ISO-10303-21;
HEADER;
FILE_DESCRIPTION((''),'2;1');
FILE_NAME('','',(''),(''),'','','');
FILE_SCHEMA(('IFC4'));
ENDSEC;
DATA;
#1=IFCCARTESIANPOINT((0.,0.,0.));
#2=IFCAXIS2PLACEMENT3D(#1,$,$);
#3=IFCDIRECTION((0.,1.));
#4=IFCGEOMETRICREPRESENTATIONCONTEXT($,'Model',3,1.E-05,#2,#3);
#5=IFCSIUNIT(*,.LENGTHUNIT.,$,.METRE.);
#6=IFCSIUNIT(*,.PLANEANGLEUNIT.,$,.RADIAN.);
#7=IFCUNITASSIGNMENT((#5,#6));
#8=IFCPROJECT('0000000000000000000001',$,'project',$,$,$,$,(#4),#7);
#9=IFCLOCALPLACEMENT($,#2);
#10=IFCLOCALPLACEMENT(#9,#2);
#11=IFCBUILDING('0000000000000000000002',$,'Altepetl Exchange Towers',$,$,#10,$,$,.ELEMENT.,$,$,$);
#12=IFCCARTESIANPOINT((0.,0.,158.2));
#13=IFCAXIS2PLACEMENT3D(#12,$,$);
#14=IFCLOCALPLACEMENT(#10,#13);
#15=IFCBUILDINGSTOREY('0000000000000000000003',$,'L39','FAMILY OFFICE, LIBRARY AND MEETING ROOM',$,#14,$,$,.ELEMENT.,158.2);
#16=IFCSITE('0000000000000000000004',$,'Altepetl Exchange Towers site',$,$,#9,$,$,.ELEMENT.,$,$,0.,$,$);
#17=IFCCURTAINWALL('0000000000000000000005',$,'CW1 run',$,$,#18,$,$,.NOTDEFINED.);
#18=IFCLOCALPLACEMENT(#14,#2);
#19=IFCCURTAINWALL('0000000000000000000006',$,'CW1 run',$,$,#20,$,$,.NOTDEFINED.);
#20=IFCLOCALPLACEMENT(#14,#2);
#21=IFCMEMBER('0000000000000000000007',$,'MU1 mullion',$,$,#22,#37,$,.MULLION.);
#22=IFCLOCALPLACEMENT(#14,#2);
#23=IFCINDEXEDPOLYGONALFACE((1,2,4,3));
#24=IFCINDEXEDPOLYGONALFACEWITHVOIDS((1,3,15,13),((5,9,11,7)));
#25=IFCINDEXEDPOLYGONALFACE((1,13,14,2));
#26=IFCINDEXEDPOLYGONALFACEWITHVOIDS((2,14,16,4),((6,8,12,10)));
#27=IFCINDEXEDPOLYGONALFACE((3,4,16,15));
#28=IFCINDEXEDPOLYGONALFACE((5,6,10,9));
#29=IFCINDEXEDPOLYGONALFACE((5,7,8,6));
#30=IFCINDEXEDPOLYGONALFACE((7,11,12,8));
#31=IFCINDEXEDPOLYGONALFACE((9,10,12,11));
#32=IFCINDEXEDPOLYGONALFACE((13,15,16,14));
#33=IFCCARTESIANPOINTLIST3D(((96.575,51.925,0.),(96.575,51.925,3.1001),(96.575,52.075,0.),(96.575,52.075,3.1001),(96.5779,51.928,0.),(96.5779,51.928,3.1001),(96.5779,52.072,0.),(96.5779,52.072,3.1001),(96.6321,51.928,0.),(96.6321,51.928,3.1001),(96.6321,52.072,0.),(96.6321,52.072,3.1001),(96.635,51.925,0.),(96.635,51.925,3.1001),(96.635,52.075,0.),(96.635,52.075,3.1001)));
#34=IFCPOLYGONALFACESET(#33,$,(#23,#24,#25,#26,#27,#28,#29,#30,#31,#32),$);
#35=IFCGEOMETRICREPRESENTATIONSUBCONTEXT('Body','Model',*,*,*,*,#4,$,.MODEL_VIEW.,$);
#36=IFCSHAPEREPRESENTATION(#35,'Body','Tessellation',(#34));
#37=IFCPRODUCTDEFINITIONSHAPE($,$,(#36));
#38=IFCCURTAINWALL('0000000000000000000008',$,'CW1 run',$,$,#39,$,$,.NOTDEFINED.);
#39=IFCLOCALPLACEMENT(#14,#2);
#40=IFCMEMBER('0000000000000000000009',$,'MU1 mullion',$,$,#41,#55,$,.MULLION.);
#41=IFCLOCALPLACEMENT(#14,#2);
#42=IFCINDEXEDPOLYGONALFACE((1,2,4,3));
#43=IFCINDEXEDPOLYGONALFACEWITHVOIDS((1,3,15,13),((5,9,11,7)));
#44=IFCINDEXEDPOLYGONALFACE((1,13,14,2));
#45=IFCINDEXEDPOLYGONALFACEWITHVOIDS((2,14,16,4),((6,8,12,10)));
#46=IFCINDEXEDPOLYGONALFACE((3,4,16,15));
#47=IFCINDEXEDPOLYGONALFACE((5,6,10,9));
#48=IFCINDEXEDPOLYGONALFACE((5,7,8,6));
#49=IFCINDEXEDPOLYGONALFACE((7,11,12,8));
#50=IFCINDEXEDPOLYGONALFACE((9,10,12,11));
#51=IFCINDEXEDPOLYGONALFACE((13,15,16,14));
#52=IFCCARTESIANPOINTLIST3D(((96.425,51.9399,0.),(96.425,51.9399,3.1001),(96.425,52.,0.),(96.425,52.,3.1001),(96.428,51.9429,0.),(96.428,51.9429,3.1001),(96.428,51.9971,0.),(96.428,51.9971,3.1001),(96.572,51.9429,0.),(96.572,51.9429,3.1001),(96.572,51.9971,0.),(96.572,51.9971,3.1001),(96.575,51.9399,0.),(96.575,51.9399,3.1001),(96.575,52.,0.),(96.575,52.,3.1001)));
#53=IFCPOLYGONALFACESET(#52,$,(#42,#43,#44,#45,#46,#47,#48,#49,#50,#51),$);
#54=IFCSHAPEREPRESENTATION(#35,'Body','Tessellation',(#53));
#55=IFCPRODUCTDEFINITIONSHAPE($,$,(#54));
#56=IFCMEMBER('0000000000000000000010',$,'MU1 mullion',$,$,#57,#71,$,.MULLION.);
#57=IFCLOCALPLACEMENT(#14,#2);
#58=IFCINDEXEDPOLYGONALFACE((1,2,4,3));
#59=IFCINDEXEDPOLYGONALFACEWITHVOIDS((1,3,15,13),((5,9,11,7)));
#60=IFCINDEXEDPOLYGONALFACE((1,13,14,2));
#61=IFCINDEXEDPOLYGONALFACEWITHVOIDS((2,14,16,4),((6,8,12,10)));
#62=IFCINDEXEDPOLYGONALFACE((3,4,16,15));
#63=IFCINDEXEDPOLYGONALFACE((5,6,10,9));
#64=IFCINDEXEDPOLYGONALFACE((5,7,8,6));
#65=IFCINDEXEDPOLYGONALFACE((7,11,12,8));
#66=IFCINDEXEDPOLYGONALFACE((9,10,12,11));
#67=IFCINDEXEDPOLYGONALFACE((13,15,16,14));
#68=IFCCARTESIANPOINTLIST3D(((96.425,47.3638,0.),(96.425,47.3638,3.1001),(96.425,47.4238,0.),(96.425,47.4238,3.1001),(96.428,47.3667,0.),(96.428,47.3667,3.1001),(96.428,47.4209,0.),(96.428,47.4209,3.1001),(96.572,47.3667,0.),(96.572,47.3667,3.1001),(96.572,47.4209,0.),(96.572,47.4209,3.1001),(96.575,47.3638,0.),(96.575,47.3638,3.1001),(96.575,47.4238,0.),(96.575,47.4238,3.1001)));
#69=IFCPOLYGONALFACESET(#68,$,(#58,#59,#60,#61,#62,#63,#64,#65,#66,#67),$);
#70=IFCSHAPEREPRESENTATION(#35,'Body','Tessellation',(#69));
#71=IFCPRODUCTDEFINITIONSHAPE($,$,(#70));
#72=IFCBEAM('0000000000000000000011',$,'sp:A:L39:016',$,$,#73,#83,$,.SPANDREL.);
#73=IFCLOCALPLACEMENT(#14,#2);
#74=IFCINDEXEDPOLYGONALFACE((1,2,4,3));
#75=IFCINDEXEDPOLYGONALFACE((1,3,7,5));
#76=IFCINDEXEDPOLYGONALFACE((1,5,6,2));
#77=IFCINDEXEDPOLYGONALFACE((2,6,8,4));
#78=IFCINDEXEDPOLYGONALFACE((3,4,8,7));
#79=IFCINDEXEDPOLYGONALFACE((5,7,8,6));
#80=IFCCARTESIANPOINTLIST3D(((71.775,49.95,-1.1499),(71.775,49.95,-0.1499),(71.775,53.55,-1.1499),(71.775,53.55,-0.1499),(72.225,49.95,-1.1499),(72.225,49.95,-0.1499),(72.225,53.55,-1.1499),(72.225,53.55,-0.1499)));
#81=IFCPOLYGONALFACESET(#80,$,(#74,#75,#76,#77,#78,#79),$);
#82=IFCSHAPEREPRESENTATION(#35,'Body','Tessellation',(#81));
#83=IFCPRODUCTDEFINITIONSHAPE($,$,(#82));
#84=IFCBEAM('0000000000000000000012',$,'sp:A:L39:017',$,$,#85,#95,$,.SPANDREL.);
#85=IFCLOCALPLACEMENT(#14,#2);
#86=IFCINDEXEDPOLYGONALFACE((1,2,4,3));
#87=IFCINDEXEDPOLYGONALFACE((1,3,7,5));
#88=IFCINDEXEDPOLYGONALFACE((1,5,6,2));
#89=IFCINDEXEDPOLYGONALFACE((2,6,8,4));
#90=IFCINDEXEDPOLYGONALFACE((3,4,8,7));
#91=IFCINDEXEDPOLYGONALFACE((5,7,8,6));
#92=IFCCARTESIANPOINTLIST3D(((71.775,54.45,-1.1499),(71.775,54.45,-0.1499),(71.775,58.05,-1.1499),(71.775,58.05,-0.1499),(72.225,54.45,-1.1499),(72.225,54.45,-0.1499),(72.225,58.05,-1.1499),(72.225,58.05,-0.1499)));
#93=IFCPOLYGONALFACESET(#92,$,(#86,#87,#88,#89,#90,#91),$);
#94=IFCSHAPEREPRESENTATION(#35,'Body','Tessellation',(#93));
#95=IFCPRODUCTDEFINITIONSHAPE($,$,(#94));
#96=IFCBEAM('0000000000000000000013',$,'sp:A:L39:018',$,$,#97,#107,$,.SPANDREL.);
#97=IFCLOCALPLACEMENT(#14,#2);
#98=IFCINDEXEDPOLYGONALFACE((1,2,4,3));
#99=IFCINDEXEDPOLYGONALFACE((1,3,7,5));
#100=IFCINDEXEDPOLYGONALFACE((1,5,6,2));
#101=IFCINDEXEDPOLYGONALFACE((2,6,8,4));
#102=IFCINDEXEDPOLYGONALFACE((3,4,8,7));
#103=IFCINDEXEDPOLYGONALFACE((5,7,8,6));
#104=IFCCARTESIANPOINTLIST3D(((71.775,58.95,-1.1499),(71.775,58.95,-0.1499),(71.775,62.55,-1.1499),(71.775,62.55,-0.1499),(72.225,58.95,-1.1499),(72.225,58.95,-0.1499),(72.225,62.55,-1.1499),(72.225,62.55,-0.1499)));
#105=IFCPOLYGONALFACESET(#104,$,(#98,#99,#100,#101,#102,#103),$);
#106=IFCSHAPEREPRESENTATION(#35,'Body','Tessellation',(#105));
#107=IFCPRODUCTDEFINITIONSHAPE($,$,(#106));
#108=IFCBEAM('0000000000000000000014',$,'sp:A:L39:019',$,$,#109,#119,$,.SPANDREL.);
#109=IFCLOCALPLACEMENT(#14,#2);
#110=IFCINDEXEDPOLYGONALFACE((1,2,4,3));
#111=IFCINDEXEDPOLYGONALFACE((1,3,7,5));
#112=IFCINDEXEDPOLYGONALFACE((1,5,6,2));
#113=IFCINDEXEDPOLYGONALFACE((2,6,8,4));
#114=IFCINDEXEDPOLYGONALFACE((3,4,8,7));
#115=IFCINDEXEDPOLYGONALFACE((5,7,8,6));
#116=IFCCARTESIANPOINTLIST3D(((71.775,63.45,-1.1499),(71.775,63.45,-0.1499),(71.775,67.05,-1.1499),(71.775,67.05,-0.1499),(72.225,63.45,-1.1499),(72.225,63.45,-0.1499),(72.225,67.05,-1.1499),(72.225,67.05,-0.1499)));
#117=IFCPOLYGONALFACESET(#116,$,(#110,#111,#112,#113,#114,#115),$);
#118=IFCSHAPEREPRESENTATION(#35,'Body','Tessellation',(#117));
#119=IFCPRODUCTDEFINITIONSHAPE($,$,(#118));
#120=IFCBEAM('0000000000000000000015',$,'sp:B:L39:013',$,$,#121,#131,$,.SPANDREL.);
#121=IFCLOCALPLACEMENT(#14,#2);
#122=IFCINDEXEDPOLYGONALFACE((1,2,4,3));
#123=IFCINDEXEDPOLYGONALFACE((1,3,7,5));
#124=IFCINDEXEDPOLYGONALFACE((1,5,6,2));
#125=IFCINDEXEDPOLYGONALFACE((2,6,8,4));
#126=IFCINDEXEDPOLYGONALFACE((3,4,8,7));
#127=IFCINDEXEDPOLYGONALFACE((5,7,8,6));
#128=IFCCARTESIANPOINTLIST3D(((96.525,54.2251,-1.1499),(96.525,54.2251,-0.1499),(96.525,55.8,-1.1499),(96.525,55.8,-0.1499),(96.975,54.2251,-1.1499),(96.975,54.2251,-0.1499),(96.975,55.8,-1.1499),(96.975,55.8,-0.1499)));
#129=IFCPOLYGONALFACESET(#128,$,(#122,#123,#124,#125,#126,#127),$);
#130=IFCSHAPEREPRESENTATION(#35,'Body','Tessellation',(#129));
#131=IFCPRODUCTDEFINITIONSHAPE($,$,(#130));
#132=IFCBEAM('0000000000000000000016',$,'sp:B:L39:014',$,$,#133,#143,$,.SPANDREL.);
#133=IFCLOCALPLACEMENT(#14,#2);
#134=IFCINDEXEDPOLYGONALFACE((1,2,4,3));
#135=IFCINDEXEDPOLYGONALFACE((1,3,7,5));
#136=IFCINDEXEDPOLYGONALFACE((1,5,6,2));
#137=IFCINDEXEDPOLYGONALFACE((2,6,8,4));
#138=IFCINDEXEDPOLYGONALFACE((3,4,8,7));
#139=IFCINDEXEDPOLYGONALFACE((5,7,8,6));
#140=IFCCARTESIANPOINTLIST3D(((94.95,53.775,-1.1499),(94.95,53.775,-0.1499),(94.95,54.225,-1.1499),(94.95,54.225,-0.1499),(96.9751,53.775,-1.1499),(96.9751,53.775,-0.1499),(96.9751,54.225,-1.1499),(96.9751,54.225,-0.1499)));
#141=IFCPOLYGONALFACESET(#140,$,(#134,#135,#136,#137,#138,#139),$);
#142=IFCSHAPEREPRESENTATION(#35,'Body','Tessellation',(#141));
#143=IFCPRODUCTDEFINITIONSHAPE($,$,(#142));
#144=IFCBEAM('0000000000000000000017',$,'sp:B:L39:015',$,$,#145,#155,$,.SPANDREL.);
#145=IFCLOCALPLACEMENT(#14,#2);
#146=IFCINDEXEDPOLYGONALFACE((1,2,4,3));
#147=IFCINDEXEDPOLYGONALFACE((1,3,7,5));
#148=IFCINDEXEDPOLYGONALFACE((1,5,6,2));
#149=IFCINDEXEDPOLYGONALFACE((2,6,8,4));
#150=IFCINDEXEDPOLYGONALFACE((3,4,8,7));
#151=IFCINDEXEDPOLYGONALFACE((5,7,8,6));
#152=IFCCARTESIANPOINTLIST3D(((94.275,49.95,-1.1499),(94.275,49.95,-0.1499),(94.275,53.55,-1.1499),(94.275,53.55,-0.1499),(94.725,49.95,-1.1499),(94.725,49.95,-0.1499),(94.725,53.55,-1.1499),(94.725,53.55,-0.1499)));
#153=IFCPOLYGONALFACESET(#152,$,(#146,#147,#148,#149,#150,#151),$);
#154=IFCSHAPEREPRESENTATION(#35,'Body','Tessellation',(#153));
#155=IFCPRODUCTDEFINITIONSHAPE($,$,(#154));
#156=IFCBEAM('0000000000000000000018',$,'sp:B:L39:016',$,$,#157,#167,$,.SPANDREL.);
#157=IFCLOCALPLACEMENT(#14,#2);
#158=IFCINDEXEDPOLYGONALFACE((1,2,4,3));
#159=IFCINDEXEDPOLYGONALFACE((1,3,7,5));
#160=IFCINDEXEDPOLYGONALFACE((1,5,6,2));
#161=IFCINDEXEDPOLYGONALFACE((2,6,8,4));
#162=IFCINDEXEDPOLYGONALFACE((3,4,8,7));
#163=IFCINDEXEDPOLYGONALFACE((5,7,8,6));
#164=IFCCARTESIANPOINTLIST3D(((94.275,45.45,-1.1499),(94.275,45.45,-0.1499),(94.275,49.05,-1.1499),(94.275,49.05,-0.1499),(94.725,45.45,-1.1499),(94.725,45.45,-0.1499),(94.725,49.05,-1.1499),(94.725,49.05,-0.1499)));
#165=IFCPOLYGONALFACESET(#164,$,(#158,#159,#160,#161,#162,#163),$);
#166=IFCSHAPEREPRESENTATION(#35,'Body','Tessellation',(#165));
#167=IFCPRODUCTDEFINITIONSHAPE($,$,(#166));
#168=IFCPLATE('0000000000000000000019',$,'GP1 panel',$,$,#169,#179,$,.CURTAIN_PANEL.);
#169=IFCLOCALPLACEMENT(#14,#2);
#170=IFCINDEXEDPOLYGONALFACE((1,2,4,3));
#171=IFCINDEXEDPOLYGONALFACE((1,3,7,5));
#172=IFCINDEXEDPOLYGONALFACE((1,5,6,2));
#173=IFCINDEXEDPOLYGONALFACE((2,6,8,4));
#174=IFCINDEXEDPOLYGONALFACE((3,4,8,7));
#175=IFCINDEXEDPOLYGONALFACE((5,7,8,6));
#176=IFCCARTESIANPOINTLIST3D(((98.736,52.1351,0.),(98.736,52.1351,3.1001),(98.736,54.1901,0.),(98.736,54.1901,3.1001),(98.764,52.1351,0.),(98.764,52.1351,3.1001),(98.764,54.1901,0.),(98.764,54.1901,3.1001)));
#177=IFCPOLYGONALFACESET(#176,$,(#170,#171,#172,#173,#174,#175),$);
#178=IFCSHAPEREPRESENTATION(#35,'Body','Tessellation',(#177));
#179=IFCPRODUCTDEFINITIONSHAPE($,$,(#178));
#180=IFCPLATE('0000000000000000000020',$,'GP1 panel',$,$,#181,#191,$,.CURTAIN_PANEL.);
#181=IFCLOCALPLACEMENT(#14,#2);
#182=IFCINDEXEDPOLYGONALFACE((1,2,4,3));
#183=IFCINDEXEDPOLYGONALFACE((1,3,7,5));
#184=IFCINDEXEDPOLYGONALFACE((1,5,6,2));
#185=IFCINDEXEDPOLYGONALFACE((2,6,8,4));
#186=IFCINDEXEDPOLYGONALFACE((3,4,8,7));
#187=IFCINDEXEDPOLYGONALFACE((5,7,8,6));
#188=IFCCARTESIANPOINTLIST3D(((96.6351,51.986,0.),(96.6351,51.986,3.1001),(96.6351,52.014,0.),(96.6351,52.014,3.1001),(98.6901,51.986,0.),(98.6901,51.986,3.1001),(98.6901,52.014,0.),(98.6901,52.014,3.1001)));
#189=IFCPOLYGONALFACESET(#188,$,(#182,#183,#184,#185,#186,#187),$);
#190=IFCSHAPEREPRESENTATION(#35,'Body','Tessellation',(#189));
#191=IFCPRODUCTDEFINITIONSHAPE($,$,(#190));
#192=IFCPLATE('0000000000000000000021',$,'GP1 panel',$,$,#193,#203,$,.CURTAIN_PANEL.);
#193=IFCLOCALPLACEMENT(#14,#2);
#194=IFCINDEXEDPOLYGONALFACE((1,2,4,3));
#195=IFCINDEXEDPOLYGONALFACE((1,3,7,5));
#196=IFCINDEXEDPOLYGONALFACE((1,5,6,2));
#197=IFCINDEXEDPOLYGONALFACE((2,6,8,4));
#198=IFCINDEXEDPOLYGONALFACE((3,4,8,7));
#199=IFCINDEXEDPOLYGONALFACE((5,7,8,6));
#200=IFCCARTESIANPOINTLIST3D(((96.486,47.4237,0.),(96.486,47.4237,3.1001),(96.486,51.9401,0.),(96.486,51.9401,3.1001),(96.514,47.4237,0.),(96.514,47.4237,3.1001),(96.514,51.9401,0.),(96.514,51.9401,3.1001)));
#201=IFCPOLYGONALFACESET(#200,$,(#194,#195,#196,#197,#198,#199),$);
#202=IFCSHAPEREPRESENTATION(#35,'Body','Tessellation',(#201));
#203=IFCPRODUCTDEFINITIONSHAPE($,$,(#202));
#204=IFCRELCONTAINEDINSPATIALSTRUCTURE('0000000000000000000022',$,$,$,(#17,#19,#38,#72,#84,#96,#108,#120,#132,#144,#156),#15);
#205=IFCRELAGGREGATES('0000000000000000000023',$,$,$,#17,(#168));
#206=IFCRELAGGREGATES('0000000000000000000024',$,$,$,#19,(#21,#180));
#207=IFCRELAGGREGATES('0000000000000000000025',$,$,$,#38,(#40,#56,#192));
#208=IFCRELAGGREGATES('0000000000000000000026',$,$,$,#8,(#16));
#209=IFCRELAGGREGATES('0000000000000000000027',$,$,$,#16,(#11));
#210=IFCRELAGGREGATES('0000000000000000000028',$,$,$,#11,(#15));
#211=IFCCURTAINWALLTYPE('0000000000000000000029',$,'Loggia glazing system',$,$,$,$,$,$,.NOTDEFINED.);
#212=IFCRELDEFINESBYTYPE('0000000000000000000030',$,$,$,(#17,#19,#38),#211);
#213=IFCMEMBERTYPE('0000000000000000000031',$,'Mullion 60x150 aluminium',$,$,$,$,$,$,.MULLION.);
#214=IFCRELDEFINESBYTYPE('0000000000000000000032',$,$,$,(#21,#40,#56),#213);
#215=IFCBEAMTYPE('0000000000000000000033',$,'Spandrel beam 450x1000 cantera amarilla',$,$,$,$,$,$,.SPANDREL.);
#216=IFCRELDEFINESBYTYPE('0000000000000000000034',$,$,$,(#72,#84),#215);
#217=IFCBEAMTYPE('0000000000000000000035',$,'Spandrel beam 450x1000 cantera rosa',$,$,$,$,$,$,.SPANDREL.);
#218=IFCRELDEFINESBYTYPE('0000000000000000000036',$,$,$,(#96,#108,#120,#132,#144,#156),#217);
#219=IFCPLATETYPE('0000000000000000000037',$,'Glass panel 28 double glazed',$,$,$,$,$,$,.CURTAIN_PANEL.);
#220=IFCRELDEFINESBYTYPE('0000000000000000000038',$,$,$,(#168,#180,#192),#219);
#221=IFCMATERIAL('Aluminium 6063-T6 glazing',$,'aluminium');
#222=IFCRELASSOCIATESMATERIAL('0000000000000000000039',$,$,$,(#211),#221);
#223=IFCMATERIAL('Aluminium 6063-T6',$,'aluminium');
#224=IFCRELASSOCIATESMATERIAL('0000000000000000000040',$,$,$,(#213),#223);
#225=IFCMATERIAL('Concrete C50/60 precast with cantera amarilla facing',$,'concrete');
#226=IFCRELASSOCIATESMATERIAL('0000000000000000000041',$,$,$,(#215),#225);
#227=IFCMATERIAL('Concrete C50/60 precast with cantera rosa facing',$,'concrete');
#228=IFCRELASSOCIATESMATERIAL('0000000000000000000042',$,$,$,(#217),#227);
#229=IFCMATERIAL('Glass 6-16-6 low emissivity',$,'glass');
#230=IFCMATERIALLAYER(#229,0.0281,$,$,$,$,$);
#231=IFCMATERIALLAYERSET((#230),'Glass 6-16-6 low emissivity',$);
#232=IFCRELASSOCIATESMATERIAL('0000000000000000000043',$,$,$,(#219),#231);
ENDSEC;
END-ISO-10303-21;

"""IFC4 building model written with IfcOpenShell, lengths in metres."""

from ifc_helpers import new_model, si_unit, direction, frame, origin, origin_2d, place, context, subcontext, project, spatial, rectangle, hollow_rectangle, extrude, material, layer, layer_set, material_profile, profile_set, type_object, element, aggregate, save


model = new_model("IFC4")

# Units and contexts
model_context = context("Model", 3, precision=1e-05, world=origin(), true_north=direction((0.0, 1.0)))
body_context = subcontext(model_context, "Body", "Model", "MODEL_VIEW")
ifc_project = project(units=[si_unit("LENGTHUNIT", "METRE"), si_unit("PLANEANGLEUNIT", "RADIAN")], contexts=[model_context])

# Site, building, storey
site_placement = place(None, origin())
site = spatial("IfcSite", under=ifc_project, at=site_placement, Name="Altepetl Exchange Towers site", CompositionType="ELEMENT", RefElevation=0.0)
building_placement = place(site_placement, origin())
building = spatial("IfcBuilding", under=site, at=building_placement, Name="Altepetl Exchange Towers", CompositionType="ELEMENT")
storey_placement = place(building_placement, frame((0.0, 0.0, 158.2)))
storey = spatial("IfcBuildingStorey", under=building, at=storey_placement, Name="L39", Description="FAMILY OFFICE, LIBRARY AND MEETING ROOM", CompositionType="ELEMENT", Elevation=158.2)

# Curtain walls, members
ifc_material_1 = material(Name="Aluminium 6063-T6 glazing", Category="aluminium")
curtain_wall_type = type_object("IfcCurtainWallType", Name="Loggia glazing system", PredefinedType="NOTDEFINED", material=ifc_material_1)
curtain_wall_1_placement = place(storey_placement, origin())
curtain_wall_1 = element("IfcCurtainWall", 1, at=curtain_wall_1_placement, inside=storey, type_object=curtain_wall_type, Name="CW1 run", PredefinedType="NOTDEFINED")
ifc_material_2 = material(Name="Aluminium 6063-T6", Category="aluminium")
ifc_material_profile_1 = material_profile(ifc_material_2, hollow_rectangle(XDim=0.0601, YDim=0.1499, WallThickness=0.0029, at=origin_2d()), Name="Mullion 60x150 aluminium")
ifc_profile_set_1 = profile_set([ifc_material_profile_1], Name="Aluminium 6063-T6")
member_type = type_object("IfcMemberType", Name="Mullion 60x150 aluminium", PredefinedType="MULLION", material=ifc_profile_set_1)
curtain_wall_2_placement = place(storey_placement, origin())
curtain_wall_2 = element("IfcCurtainWall", 2, at=curtain_wall_2_placement, inside=storey, type_object=curtain_wall_type, Name="CW1 run", PredefinedType="NOTDEFINED")
member_1_placement = place(storey_placement, frame((96.605, 52.0, 0.0), z_axis=(0.0, 0.0, 1.0), x_axis=(-1.0, 0.0, 0.0)))
member_1 = element("IfcMember", 3, at=member_1_placement, type_object=member_type, Name="MU1 mullion", PredefinedType="MULLION", context=body_context, shape_type="SweptSolid", body=[
    extrude(hollow_rectangle(XDim=0.0601, YDim=0.1499, WallThickness=0.0029, at=origin_2d()), origin(), (0.0, 0.0, 1.0), 3.1001),
])
curtain_wall_3_placement = place(storey_placement, origin())
curtain_wall_3 = element("IfcCurtainWall", 4, at=curtain_wall_3_placement, inside=storey, type_object=curtain_wall_type, Name="CW1 run", PredefinedType="NOTDEFINED")
member_2_placement = place(storey_placement, frame((96.5, 51.97, 0.0), z_axis=(0.0, 0.0, 1.0), x_axis=(0.0, -1.0, 0.0)))
member_2 = element("IfcMember", 5, at=member_2_placement, type_object=member_type, Name="MU1 mullion", PredefinedType="MULLION", context=body_context, shape_type="SweptSolid", body=[
    extrude(hollow_rectangle(XDim=0.0601, YDim=0.1499, WallThickness=0.0029, at=origin_2d()), origin(), (0.0, 0.0, 1.0), 3.1001),
])
member_3_placement = place(storey_placement, frame((96.5, 47.3938, 0.0), z_axis=(0.0, 0.0, 1.0), x_axis=(0.0, -1.0, 0.0)))
member_3 = element("IfcMember", 6, at=member_3_placement, type_object=member_type, Name="MU1 mullion", PredefinedType="MULLION", context=body_context, shape_type="SweptSolid", body=[
    extrude(hollow_rectangle(XDim=0.0601, YDim=0.1499, WallThickness=0.0029, at=origin_2d()), origin(), (0.0, 0.0, 1.0), 3.1001),
])

# Beams
ifc_material_3 = material(Name="Concrete C50/60 precast with cantera amarilla facing", Category="concrete")
ifc_material_profile_2 = material_profile(ifc_material_3, rectangle(XDim=0.45, YDim=1.0, at=origin_2d()), Name="450 x 1000")
ifc_profile_set_2 = profile_set([ifc_material_profile_2], Name="Concrete C50/60 precast with cantera amarilla facing")
beam_type_1 = type_object("IfcBeamType", Name="Spandrel beam 450x1000 cantera amarilla", PredefinedType="SPANDREL", material=ifc_profile_set_2)
for number, where, z_axis, x_axis, name in (
    (7, (72.0, 49.95, -0.6499), (0.0, 1.0, 0.0), (-1.0, 0.0, 0.0), "sp:A:L39:016"),
    (8, (72.0, 54.45, -0.6499), (0.0, 1.0, 0.0), (-1.0, 0.0, 0.0), "sp:A:L39:017"),
):
    element("IfcBeam", number, at=place(storey_placement, frame(where, z_axis=z_axis, x_axis=x_axis)), inside=storey, type_object=beam_type_1, Name=name, PredefinedType="SPANDREL", context=body_context, shape_type="SweptSolid", body=[
        extrude(rectangle(XDim=0.45, YDim=1.0, at=origin_2d()), origin(), (0.0, 0.0, 1.0), 3.6001),
    ])
ifc_material_4 = material(Name="Concrete C50/60 precast with cantera rosa facing", Category="concrete")
ifc_material_profile_3 = material_profile(ifc_material_4, rectangle(XDim=0.45, YDim=1.0, at=origin_2d()), Name="450 x 1000")
ifc_profile_set_3 = profile_set([ifc_material_profile_3], Name="Concrete C50/60 precast with cantera rosa facing")
beam_type_2 = type_object("IfcBeamType", Name="Spandrel beam 450x1000 cantera rosa", PredefinedType="SPANDREL", material=ifc_profile_set_3)
for number, where, z_axis, x_axis, name in (
    (9, (72.0, 58.95, -0.6499), (0.0, 1.0, 0.0), (-1.0, 0.0, 0.0), "sp:A:L39:018"),
    (10, (72.0, 63.45, -0.6499), (0.0, 1.0, 0.0), (-1.0, 0.0, 0.0), "sp:A:L39:019"),
):
    element("IfcBeam", number, at=place(storey_placement, frame(where, z_axis=z_axis, x_axis=x_axis)), inside=storey, type_object=beam_type_2, Name=name, PredefinedType="SPANDREL", context=body_context, shape_type="SweptSolid", body=[
        extrude(rectangle(XDim=0.45, YDim=1.0, at=origin_2d()), origin(), (0.0, 0.0, 1.0), 3.6001),
    ])
beam_1_placement = place(storey_placement, frame((96.75, 55.8, -0.6499), z_axis=(0.0, -1.0, 0.0), x_axis=(1.0, 0.0, 0.0)))
element("IfcBeam", 11, at=beam_1_placement, inside=storey, type_object=beam_type_2, Name="sp:B:L39:013", PredefinedType="SPANDREL", context=body_context, shape_type="SweptSolid", body=[
    extrude(rectangle(XDim=0.45, YDim=1.0, at=origin_2d()), origin(), (0.0, 0.0, 1.0), 1.575),
])
beam_2_placement = place(storey_placement, frame((96.9751, 54.0, -0.6499), z_axis=(-1.0, 0.0, 0.0), x_axis=(0.0, -1.0, 0.0)))
element("IfcBeam", 12, at=beam_2_placement, inside=storey, type_object=beam_type_2, Name="sp:B:L39:014", PredefinedType="SPANDREL", context=body_context, shape_type="SweptSolid", body=[
    extrude(rectangle(XDim=0.45, YDim=1.0, at=origin_2d()), origin(), (0.0, 0.0, 1.0), 2.0251),
])
for number, where, z_axis, x_axis, name in (
    (13, (94.5, 53.55, -0.6499), (0.0, -1.0, 0.0), (1.0, 0.0, 0.0), "sp:B:L39:015"),
    (14, (94.5, 49.05, -0.6499), (0.0, -1.0, 0.0), (1.0, 0.0, 0.0), "sp:B:L39:016"),
):
    element("IfcBeam", number, at=place(storey_placement, frame(where, z_axis=z_axis, x_axis=x_axis)), inside=storey, type_object=beam_type_2, Name=name, PredefinedType="SPANDREL", context=body_context, shape_type="SweptSolid", body=[
        extrude(rectangle(XDim=0.45, YDim=1.0, at=origin_2d()), origin(), (0.0, 0.0, 1.0), 3.6001),
    ])

# Plates
ifc_material_5 = material(Name="Glass 6-16-6 low emissivity", Category="glass")
ifc_layer = layer(ifc_material_5, 0.0281)
ifc_layer_set = layer_set([ifc_layer], Name="Glass 6-16-6 low emissivity")
plate_type = type_object("IfcPlateType", Name="Glass panel 28 double glazed", PredefinedType="CURTAIN_PANEL", material=ifc_layer_set)
plate_1_placement = place(storey_placement, frame((98.75, 53.1626, 0.0), z_axis=(0.0, 0.0, 1.0), x_axis=(0.0, -1.0, 0.0)))
plate_1 = element("IfcPlate", 15, at=plate_1_placement, type_object=plate_type, Name="GP1 panel", PredefinedType="CURTAIN_PANEL", context=body_context, shape_type="SweptSolid", body=[
    extrude(rectangle(XDim=2.0549, YDim=0.0281, at=origin_2d()), origin(), (0.0, 0.0, 1.0), 3.1001),
])
aggregate(curtain_wall_1, [plate_1])
plate_2_placement = place(storey_placement, frame((97.6626, 52.0, 0.0), z_axis=(0.0, 0.0, 1.0), x_axis=(-1.0, 0.0, 0.0)))
plate_2 = element("IfcPlate", 16, at=plate_2_placement, type_object=plate_type, Name="GP1 panel", PredefinedType="CURTAIN_PANEL", context=body_context, shape_type="SweptSolid", body=[
    extrude(rectangle(XDim=2.0549, YDim=0.0281, at=origin_2d()), origin(), (0.0, 0.0, 1.0), 3.1001),
])
aggregate(curtain_wall_2, [member_1, plate_2])
plate_3_placement = place(storey_placement, frame((96.5, 49.6819, 0.0), z_axis=(0.0, 0.0, 1.0), x_axis=(0.0, -1.0, 0.0)))
plate_3 = element("IfcPlate", 17, at=plate_3_placement, type_object=plate_type, Name="GP1 panel", PredefinedType="CURTAIN_PANEL", context=body_context, shape_type="SweptSolid", body=[
    extrude(rectangle(XDim=4.5164, YDim=0.0281, at=origin_2d()), origin(), (0.0, 0.0, 1.0), 3.1001),
])
aggregate(curtain_wall_3, [member_2, member_3, plate_3])

save(model, "model.ifc")
